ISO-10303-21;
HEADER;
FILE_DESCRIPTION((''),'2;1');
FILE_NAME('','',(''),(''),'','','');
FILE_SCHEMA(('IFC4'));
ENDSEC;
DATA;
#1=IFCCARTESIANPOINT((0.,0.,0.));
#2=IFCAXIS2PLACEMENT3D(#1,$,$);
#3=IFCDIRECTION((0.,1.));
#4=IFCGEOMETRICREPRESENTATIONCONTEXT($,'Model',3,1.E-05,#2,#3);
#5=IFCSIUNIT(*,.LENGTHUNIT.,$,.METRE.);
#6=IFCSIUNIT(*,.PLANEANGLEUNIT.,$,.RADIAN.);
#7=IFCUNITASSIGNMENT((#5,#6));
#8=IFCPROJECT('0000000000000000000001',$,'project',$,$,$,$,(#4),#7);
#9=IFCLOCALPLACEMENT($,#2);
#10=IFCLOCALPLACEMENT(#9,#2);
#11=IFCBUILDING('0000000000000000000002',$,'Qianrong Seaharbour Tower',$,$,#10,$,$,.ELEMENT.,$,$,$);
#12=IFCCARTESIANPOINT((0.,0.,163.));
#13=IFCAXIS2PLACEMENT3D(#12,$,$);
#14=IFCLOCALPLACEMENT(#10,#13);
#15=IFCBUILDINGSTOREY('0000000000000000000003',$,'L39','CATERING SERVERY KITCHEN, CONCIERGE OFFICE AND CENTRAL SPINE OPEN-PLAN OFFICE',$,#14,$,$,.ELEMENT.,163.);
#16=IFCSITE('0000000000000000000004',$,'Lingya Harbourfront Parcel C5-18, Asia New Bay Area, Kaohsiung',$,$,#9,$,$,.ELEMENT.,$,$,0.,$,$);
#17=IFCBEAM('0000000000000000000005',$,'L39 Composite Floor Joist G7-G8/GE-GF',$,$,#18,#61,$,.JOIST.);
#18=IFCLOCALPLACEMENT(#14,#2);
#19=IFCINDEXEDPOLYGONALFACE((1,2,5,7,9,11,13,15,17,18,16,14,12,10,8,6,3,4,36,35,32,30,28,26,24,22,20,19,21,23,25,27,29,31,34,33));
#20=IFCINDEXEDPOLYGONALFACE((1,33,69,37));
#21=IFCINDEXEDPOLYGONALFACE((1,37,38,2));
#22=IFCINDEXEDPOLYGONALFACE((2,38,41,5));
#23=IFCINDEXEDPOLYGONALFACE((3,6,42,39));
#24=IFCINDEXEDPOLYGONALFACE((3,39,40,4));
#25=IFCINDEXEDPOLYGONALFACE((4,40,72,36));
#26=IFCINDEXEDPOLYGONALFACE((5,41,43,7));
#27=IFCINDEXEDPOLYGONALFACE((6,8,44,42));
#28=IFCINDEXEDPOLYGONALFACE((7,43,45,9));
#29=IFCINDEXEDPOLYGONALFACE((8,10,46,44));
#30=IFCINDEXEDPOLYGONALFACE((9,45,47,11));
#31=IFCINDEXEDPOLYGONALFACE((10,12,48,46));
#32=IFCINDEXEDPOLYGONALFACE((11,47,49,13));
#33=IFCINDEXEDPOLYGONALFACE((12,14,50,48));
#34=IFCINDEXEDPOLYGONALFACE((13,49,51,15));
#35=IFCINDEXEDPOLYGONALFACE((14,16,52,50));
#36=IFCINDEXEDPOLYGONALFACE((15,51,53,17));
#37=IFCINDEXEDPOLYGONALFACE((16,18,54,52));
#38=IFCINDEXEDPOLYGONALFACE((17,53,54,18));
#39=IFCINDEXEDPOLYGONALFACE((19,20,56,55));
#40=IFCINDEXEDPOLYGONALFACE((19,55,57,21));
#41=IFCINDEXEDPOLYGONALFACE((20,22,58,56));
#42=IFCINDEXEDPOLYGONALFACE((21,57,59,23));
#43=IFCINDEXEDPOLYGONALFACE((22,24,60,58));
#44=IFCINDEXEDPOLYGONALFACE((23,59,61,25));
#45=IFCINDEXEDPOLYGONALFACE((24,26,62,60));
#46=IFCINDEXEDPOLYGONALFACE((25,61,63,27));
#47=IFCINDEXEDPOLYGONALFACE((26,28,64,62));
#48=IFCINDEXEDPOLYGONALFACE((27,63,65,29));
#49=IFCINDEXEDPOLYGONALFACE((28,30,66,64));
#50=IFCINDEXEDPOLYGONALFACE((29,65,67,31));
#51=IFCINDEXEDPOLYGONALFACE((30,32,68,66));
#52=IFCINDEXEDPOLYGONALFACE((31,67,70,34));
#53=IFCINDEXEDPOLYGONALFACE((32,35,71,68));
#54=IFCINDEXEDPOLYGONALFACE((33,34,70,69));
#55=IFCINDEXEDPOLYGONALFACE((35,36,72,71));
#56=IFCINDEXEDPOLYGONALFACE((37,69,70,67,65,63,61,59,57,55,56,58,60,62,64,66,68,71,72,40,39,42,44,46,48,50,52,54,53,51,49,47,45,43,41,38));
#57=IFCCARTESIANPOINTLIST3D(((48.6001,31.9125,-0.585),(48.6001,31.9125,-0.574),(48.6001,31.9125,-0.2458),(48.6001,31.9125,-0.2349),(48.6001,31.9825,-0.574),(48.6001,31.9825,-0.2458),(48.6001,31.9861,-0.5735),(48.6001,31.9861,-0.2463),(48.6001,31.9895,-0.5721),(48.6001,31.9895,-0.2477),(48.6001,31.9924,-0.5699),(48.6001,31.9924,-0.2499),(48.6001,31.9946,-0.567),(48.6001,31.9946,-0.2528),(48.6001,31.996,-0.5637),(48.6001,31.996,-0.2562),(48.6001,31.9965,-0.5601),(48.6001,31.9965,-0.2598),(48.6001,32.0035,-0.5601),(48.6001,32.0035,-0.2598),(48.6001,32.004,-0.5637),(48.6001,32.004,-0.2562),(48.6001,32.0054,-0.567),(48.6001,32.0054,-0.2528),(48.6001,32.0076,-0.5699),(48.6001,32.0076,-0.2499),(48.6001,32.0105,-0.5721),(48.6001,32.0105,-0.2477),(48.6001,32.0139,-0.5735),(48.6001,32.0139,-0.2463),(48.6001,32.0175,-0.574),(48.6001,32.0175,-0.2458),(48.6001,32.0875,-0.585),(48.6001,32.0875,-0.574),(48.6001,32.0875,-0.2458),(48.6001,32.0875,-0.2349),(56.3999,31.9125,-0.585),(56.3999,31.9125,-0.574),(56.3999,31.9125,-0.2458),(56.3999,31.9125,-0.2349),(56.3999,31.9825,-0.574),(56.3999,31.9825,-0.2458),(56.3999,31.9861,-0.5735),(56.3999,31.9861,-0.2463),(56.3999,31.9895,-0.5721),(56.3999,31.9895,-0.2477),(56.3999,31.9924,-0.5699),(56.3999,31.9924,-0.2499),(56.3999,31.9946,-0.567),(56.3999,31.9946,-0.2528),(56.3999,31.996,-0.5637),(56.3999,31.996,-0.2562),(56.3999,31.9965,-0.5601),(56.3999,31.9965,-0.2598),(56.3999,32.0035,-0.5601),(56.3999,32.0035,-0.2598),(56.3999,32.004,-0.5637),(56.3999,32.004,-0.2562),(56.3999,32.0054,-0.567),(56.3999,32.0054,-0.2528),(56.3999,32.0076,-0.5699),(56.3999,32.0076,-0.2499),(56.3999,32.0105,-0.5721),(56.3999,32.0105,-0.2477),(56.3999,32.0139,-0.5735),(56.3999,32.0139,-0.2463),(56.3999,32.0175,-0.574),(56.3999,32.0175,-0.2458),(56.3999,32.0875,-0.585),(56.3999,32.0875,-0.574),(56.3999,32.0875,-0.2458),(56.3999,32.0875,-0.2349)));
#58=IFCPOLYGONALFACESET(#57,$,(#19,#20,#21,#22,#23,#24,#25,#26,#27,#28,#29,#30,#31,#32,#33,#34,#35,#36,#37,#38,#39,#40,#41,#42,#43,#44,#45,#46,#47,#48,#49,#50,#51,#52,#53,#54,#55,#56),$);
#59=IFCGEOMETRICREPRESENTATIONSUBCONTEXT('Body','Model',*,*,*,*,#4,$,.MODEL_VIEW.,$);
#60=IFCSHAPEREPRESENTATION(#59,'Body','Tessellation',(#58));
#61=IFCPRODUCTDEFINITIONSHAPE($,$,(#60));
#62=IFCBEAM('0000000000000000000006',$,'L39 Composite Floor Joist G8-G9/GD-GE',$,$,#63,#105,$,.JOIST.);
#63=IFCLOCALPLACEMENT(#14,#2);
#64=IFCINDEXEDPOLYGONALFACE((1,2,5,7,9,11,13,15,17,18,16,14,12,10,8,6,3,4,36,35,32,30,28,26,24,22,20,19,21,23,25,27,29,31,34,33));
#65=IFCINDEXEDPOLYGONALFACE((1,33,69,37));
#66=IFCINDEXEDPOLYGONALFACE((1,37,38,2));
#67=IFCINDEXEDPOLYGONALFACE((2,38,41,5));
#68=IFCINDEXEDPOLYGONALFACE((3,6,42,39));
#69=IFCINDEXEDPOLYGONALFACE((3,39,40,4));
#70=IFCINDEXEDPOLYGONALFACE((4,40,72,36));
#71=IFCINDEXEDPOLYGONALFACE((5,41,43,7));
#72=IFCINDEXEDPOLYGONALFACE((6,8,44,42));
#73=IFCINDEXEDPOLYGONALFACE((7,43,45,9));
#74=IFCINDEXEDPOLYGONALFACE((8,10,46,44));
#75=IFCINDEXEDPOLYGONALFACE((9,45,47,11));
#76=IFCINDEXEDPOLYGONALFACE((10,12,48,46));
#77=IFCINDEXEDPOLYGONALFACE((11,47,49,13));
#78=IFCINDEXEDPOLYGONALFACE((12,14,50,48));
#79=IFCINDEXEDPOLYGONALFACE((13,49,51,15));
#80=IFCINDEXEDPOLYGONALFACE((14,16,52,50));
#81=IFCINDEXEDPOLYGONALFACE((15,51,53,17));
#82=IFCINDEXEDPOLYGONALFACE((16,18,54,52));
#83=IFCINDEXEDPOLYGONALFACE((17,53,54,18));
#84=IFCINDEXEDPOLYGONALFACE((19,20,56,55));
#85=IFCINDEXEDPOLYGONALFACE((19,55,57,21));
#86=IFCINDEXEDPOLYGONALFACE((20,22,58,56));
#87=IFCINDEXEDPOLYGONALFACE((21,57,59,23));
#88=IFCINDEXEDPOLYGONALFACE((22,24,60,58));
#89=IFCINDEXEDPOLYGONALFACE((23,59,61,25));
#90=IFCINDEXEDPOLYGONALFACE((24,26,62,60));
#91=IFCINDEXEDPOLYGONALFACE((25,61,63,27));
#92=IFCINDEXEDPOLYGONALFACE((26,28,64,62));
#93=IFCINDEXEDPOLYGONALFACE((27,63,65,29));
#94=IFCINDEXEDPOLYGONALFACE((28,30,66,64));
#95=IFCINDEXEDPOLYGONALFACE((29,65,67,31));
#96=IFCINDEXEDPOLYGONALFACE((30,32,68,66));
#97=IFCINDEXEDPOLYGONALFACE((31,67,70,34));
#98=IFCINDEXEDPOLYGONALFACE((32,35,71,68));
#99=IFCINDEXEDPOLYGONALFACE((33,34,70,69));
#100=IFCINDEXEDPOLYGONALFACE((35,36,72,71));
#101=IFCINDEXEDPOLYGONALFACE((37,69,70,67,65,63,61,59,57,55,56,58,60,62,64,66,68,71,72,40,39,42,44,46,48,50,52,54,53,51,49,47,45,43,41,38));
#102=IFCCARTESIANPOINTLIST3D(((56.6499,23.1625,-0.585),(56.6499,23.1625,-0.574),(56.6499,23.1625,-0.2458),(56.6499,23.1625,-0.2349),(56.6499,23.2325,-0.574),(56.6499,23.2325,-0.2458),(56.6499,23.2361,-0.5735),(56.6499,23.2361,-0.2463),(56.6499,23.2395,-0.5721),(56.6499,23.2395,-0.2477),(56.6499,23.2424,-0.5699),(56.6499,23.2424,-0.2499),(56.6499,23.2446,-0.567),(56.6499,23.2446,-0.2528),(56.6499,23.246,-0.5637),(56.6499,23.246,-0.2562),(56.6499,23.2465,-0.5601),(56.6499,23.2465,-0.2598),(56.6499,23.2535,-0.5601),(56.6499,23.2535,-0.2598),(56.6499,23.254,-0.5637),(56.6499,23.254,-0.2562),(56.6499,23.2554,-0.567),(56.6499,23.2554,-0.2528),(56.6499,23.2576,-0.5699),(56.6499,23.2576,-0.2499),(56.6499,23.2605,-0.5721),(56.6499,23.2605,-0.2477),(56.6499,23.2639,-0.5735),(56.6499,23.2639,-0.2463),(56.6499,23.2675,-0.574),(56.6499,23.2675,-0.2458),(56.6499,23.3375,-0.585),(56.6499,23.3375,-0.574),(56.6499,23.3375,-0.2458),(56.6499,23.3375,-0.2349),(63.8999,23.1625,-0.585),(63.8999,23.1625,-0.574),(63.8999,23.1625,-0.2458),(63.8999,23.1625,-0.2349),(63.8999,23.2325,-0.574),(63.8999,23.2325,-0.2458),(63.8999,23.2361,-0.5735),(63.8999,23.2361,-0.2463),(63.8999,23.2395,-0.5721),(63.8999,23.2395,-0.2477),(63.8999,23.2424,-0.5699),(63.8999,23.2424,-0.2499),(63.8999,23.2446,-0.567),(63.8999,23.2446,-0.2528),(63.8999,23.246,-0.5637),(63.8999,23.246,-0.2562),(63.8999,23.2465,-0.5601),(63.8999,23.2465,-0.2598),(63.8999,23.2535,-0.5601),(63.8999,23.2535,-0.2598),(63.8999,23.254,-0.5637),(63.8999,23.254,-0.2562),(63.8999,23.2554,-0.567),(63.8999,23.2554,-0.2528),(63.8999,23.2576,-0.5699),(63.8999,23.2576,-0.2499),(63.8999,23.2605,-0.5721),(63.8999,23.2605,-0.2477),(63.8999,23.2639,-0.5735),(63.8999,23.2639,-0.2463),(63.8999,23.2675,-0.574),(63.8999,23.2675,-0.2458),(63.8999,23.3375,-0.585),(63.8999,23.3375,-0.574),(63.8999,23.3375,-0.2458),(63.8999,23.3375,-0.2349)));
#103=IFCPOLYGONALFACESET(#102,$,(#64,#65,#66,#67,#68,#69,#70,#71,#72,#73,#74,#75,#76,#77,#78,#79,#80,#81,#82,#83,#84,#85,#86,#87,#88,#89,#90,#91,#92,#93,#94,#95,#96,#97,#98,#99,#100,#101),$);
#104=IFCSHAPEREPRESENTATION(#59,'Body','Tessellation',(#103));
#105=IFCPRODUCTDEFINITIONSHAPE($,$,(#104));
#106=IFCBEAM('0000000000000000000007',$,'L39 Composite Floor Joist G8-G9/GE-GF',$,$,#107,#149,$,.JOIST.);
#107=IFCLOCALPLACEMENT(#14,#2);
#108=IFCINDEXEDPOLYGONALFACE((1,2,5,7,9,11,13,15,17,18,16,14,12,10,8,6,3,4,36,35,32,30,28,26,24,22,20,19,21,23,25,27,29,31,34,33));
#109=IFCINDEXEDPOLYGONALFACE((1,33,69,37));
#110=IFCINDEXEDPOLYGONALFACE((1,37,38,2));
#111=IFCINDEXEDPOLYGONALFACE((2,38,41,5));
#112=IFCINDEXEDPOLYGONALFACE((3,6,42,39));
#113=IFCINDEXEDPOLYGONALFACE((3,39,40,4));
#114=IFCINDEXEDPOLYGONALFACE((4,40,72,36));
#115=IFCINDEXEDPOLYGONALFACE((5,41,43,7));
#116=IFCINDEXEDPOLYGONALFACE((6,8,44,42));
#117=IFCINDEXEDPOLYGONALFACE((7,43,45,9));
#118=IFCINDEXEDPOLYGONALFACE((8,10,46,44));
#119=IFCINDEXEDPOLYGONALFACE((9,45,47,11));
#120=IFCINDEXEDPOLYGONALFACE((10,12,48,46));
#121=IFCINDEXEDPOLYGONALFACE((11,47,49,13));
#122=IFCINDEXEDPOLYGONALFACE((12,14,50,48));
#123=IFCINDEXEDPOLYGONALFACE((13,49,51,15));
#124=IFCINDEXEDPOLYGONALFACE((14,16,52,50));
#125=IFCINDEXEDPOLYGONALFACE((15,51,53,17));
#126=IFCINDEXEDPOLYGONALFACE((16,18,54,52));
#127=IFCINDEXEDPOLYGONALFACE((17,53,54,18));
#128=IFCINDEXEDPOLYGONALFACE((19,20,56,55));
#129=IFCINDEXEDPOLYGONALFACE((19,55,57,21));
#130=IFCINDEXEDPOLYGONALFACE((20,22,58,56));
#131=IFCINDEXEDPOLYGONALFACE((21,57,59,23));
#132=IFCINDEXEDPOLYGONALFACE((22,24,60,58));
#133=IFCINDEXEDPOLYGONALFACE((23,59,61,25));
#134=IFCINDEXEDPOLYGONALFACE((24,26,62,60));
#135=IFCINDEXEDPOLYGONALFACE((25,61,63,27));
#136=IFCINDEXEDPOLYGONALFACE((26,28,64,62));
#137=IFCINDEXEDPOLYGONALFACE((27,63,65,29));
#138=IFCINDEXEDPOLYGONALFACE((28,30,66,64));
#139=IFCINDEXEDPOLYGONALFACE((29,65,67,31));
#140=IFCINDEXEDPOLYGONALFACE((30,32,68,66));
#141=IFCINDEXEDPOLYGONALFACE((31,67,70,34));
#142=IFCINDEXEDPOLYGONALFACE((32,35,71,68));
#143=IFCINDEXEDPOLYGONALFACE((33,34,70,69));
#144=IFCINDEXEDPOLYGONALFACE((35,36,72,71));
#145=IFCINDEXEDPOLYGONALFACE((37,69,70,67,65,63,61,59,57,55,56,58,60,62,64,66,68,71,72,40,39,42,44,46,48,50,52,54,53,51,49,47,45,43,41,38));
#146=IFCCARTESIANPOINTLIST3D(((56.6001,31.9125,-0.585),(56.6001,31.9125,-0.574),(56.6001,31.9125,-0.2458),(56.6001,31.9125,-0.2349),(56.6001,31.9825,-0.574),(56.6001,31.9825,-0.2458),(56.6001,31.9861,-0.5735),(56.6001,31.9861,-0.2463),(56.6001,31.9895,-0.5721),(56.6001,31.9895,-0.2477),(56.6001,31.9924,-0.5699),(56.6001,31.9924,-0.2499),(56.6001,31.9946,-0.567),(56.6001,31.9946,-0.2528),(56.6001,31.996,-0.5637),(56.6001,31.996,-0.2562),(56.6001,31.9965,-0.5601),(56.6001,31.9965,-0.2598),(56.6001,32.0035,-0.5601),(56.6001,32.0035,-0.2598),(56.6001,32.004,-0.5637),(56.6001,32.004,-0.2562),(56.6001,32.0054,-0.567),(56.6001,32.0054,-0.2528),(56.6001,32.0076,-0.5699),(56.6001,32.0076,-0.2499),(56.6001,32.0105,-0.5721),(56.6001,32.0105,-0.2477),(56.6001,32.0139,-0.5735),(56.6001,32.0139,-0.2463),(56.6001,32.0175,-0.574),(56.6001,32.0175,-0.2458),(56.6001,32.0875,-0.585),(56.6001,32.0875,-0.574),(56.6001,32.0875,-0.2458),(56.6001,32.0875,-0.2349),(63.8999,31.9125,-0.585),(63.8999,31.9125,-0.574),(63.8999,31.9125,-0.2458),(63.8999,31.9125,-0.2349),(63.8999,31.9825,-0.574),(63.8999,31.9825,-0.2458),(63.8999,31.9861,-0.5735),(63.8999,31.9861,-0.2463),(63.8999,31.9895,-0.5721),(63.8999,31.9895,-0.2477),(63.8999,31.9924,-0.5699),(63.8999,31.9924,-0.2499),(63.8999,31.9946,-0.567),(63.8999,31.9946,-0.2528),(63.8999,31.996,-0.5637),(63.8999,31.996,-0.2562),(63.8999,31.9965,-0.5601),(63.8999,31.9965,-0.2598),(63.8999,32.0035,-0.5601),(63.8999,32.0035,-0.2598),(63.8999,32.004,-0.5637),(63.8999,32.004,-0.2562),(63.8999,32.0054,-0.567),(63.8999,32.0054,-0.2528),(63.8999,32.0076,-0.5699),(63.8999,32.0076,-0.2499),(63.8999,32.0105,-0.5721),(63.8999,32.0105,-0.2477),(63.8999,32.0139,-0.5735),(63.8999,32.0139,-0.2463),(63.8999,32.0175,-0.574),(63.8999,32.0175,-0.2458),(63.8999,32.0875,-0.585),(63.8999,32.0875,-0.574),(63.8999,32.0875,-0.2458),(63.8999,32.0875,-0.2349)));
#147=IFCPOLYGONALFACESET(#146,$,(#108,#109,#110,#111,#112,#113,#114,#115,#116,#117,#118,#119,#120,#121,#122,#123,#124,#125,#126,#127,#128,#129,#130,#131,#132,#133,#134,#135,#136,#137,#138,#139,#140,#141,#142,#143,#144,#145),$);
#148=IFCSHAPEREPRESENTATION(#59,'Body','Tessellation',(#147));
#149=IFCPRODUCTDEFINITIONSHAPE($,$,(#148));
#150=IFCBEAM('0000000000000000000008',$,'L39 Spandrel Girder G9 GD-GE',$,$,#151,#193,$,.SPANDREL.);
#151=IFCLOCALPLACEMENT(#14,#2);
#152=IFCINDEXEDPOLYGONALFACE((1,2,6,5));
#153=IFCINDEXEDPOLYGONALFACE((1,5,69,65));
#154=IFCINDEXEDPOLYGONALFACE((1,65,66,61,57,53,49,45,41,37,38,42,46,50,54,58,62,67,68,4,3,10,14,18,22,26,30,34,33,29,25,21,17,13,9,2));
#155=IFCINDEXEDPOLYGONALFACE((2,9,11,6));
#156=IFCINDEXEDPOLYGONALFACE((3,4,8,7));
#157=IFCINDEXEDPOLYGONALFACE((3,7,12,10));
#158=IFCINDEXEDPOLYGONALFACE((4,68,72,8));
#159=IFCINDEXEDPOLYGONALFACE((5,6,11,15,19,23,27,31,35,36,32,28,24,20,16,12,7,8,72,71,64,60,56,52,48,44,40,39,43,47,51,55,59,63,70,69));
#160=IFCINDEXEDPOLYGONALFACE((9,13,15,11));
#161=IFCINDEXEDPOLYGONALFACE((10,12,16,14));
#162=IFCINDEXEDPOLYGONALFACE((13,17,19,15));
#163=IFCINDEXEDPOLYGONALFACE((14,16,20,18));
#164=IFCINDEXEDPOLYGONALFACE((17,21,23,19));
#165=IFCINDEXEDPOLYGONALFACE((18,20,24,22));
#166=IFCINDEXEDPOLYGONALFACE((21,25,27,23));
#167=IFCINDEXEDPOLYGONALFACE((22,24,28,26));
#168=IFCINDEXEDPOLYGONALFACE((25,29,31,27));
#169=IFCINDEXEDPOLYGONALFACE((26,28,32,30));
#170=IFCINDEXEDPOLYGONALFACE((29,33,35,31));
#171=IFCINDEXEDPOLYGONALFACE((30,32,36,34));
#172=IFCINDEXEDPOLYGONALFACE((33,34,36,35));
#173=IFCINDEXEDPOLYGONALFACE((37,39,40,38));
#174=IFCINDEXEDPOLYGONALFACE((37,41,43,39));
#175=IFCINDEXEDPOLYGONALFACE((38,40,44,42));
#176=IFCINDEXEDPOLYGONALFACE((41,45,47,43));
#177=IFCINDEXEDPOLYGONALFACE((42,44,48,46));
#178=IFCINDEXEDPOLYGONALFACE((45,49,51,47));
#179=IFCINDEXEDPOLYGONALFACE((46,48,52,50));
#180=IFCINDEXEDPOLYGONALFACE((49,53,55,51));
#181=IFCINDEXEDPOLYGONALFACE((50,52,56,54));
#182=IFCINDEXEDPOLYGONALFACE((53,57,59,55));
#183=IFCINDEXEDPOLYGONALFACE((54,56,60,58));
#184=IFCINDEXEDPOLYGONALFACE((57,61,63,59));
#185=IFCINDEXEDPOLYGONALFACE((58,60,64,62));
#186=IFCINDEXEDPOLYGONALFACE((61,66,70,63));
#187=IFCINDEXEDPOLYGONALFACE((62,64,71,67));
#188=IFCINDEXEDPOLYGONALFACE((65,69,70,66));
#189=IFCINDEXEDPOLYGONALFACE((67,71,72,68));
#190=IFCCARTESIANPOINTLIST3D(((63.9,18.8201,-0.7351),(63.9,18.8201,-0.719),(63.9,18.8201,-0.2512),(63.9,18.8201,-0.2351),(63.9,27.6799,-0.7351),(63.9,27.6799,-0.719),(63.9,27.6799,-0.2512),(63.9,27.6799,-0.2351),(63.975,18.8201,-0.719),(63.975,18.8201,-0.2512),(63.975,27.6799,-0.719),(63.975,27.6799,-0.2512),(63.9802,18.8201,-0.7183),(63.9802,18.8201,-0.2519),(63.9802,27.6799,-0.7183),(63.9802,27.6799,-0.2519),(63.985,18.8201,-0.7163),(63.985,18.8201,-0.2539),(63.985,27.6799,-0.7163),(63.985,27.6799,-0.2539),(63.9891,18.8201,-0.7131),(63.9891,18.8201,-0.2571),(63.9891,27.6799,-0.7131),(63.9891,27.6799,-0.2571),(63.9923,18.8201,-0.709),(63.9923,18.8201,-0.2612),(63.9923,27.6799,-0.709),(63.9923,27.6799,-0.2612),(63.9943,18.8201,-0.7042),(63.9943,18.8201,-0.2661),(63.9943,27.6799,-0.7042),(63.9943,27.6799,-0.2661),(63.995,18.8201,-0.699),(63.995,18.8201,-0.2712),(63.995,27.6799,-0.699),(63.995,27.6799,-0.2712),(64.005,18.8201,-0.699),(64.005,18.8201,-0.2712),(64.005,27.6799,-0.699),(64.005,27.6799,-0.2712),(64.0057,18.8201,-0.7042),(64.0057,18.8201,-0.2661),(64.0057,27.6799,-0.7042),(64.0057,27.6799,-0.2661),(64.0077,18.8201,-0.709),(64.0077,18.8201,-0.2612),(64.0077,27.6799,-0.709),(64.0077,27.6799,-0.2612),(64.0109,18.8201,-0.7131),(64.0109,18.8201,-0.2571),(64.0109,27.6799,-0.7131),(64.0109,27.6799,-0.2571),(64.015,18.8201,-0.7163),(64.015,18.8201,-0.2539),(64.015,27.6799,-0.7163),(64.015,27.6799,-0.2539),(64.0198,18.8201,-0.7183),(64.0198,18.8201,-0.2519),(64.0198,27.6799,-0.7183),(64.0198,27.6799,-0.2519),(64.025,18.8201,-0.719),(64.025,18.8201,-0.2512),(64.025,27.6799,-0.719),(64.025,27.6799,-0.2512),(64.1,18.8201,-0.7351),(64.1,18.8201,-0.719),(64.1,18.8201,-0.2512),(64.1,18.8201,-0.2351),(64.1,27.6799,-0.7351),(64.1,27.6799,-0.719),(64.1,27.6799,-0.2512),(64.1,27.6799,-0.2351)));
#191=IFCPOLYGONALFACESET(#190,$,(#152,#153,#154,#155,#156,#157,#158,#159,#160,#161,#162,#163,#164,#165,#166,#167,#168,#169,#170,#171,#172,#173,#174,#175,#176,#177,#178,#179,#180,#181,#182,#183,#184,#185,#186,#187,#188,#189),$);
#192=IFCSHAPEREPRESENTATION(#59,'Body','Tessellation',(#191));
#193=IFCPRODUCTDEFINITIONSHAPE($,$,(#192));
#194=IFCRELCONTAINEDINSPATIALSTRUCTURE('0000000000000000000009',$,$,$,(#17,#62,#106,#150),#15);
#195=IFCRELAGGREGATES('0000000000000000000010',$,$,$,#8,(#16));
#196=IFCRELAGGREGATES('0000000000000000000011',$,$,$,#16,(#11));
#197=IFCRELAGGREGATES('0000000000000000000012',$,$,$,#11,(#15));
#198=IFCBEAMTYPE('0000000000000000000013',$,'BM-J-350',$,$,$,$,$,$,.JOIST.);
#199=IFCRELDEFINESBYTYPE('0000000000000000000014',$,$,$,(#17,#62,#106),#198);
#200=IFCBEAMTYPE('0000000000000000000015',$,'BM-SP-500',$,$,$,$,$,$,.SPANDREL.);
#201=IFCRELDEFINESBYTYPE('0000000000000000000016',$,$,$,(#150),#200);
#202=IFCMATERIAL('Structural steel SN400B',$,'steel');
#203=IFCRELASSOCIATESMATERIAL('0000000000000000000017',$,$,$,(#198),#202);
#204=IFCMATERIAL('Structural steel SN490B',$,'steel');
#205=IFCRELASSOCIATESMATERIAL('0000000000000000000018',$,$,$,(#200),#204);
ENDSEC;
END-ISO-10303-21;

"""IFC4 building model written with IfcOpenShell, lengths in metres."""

from ifc_helpers import new_model, si_unit, direction, frame, origin, origin_2d, place, context, subcontext, project, spatial, i_section, extrude, material, material_profile, profile_set, type_object, element, save


model = new_model("IFC4")

# Units and contexts
model_context = context("Model", 3, precision=1e-05, world=origin(), true_north=direction((0.0, 1.0)))
body_context = subcontext(model_context, "Body", "Model", "MODEL_VIEW")
ifc_project = project(units=[si_unit("LENGTHUNIT", "METRE"), si_unit("PLANEANGLEUNIT", "RADIAN")], contexts=[model_context])

# Site, building, storey
site_placement = place(None, origin())
site = spatial("IfcSite", under=ifc_project, at=site_placement, Name="Lingya Harbourfront Parcel C5-18, Asia New Bay Area, Kaohsiung", CompositionType="ELEMENT", RefElevation=0.0)
building_placement = place(site_placement, origin())
building = spatial("IfcBuilding", under=site, at=building_placement, Name="Qianrong Seaharbour Tower", CompositionType="ELEMENT")
storey_placement = place(building_placement, frame((0.0, 0.0, 163.0)))
storey = spatial("IfcBuildingStorey", under=building, at=storey_placement, Name="L39", Description="CATERING SERVERY KITCHEN, CONCIERGE OFFICE AND CENTRAL SPINE OPEN-PLAN OFFICE", CompositionType="ELEMENT", Elevation=163.0)

# Shared definitions
ifc_material_1 = material(Name="Structural steel SN490B", Category="steel")

# Beams
ifc_material_2 = material(Name="Structural steel SN400B", Category="steel")
ifc_material_profile_1 = material_profile(ifc_material_2, i_section(OverallWidth=0.175, OverallDepth=0.3501, WebThickness=0.0071, FlangeThickness=0.011, FilletRadius=0.0139, at=origin_2d()), Name="H350x175x7x11")
ifc_profile_set_1 = profile_set([ifc_material_profile_1], Name="Structural steel SN400B")
beam_type_1 = type_object("IfcBeamType", Name="BM-J-350", PredefinedType="JOIST", material=ifc_profile_set_1)
beam_1_placement = place(storey_placement, frame((48.6001, 32.0, -0.4099), z_axis=(1.0, 0.0, 0.0), x_axis=(0.0, 1.0, 0.0)))
element("IfcBeam", 1, at=beam_1_placement, inside=storey, type_object=beam_type_1, Name="L39 Composite Floor Joist G7-G8/GE-GF", PredefinedType="JOIST", context=body_context, shape_type="SweptSolid", body=[
    extrude(i_section(OverallWidth=0.175, OverallDepth=0.3501, WebThickness=0.0071, FlangeThickness=0.011, FilletRadius=0.0139, at=origin_2d()), origin(), (0.0, 0.0, 1.0), 7.7998),
])
beam_2_placement = place(storey_placement, frame((56.6499, 23.25, -0.4099), z_axis=(1.0, 0.0, 0.0), x_axis=(0.0, 1.0, 0.0)))
element("IfcBeam", 2, at=beam_2_placement, inside=storey, type_object=beam_type_1, Name="L39 Composite Floor Joist G8-G9/GD-GE", PredefinedType="JOIST", context=body_context, shape_type="SweptSolid", body=[
    extrude(i_section(OverallWidth=0.175, OverallDepth=0.3501, WebThickness=0.0071, FlangeThickness=0.011, FilletRadius=0.0139, at=origin_2d()), origin(), (0.0, 0.0, 1.0), 7.25),
])
beam_3_placement = place(storey_placement, frame((56.6001, 32.0, -0.4099), z_axis=(1.0, 0.0, 0.0), x_axis=(0.0, 1.0, 0.0)))
element("IfcBeam", 3, at=beam_3_placement, inside=storey, type_object=beam_type_1, Name="L39 Composite Floor Joist G8-G9/GE-GF", PredefinedType="JOIST", context=body_context, shape_type="SweptSolid", body=[
    extrude(i_section(OverallWidth=0.175, OverallDepth=0.3501, WebThickness=0.0071, FlangeThickness=0.011, FilletRadius=0.0139, at=origin_2d()), origin(), (0.0, 0.0, 1.0), 7.2998),
])
ifc_material_profile_2 = material_profile(ifc_material_1, i_section(OverallWidth=0.2, OverallDepth=0.5, WebThickness=0.01, FlangeThickness=0.0161, FilletRadius=0.02, at=origin_2d()), Name="H500x200x10x16")
ifc_profile_set_2 = profile_set([ifc_material_profile_2], Name="Structural steel SN490B")
beam_type_2 = type_object("IfcBeamType", Name="BM-SP-500", PredefinedType="SPANDREL", material=ifc_profile_set_2)
beam_4_placement = place(storey_placement, frame((64.0, 18.8201, -0.4851), z_axis=(0.0, 1.0, 0.0), x_axis=(-1.0, 0.0, 0.0)))
element("IfcBeam", 4, at=beam_4_placement, inside=storey, type_object=beam_type_2, Name="L39 Spandrel Girder G9 GD-GE", PredefinedType="SPANDREL", context=body_context, shape_type="SweptSolid", body=[
    extrude(i_section(OverallWidth=0.2, OverallDepth=0.5, WebThickness=0.01, FlangeThickness=0.0161, FilletRadius=0.02, at=origin_2d()), origin(), (0.0, 0.0, 1.0), 8.8599),
])

save(model, "model.ifc")
